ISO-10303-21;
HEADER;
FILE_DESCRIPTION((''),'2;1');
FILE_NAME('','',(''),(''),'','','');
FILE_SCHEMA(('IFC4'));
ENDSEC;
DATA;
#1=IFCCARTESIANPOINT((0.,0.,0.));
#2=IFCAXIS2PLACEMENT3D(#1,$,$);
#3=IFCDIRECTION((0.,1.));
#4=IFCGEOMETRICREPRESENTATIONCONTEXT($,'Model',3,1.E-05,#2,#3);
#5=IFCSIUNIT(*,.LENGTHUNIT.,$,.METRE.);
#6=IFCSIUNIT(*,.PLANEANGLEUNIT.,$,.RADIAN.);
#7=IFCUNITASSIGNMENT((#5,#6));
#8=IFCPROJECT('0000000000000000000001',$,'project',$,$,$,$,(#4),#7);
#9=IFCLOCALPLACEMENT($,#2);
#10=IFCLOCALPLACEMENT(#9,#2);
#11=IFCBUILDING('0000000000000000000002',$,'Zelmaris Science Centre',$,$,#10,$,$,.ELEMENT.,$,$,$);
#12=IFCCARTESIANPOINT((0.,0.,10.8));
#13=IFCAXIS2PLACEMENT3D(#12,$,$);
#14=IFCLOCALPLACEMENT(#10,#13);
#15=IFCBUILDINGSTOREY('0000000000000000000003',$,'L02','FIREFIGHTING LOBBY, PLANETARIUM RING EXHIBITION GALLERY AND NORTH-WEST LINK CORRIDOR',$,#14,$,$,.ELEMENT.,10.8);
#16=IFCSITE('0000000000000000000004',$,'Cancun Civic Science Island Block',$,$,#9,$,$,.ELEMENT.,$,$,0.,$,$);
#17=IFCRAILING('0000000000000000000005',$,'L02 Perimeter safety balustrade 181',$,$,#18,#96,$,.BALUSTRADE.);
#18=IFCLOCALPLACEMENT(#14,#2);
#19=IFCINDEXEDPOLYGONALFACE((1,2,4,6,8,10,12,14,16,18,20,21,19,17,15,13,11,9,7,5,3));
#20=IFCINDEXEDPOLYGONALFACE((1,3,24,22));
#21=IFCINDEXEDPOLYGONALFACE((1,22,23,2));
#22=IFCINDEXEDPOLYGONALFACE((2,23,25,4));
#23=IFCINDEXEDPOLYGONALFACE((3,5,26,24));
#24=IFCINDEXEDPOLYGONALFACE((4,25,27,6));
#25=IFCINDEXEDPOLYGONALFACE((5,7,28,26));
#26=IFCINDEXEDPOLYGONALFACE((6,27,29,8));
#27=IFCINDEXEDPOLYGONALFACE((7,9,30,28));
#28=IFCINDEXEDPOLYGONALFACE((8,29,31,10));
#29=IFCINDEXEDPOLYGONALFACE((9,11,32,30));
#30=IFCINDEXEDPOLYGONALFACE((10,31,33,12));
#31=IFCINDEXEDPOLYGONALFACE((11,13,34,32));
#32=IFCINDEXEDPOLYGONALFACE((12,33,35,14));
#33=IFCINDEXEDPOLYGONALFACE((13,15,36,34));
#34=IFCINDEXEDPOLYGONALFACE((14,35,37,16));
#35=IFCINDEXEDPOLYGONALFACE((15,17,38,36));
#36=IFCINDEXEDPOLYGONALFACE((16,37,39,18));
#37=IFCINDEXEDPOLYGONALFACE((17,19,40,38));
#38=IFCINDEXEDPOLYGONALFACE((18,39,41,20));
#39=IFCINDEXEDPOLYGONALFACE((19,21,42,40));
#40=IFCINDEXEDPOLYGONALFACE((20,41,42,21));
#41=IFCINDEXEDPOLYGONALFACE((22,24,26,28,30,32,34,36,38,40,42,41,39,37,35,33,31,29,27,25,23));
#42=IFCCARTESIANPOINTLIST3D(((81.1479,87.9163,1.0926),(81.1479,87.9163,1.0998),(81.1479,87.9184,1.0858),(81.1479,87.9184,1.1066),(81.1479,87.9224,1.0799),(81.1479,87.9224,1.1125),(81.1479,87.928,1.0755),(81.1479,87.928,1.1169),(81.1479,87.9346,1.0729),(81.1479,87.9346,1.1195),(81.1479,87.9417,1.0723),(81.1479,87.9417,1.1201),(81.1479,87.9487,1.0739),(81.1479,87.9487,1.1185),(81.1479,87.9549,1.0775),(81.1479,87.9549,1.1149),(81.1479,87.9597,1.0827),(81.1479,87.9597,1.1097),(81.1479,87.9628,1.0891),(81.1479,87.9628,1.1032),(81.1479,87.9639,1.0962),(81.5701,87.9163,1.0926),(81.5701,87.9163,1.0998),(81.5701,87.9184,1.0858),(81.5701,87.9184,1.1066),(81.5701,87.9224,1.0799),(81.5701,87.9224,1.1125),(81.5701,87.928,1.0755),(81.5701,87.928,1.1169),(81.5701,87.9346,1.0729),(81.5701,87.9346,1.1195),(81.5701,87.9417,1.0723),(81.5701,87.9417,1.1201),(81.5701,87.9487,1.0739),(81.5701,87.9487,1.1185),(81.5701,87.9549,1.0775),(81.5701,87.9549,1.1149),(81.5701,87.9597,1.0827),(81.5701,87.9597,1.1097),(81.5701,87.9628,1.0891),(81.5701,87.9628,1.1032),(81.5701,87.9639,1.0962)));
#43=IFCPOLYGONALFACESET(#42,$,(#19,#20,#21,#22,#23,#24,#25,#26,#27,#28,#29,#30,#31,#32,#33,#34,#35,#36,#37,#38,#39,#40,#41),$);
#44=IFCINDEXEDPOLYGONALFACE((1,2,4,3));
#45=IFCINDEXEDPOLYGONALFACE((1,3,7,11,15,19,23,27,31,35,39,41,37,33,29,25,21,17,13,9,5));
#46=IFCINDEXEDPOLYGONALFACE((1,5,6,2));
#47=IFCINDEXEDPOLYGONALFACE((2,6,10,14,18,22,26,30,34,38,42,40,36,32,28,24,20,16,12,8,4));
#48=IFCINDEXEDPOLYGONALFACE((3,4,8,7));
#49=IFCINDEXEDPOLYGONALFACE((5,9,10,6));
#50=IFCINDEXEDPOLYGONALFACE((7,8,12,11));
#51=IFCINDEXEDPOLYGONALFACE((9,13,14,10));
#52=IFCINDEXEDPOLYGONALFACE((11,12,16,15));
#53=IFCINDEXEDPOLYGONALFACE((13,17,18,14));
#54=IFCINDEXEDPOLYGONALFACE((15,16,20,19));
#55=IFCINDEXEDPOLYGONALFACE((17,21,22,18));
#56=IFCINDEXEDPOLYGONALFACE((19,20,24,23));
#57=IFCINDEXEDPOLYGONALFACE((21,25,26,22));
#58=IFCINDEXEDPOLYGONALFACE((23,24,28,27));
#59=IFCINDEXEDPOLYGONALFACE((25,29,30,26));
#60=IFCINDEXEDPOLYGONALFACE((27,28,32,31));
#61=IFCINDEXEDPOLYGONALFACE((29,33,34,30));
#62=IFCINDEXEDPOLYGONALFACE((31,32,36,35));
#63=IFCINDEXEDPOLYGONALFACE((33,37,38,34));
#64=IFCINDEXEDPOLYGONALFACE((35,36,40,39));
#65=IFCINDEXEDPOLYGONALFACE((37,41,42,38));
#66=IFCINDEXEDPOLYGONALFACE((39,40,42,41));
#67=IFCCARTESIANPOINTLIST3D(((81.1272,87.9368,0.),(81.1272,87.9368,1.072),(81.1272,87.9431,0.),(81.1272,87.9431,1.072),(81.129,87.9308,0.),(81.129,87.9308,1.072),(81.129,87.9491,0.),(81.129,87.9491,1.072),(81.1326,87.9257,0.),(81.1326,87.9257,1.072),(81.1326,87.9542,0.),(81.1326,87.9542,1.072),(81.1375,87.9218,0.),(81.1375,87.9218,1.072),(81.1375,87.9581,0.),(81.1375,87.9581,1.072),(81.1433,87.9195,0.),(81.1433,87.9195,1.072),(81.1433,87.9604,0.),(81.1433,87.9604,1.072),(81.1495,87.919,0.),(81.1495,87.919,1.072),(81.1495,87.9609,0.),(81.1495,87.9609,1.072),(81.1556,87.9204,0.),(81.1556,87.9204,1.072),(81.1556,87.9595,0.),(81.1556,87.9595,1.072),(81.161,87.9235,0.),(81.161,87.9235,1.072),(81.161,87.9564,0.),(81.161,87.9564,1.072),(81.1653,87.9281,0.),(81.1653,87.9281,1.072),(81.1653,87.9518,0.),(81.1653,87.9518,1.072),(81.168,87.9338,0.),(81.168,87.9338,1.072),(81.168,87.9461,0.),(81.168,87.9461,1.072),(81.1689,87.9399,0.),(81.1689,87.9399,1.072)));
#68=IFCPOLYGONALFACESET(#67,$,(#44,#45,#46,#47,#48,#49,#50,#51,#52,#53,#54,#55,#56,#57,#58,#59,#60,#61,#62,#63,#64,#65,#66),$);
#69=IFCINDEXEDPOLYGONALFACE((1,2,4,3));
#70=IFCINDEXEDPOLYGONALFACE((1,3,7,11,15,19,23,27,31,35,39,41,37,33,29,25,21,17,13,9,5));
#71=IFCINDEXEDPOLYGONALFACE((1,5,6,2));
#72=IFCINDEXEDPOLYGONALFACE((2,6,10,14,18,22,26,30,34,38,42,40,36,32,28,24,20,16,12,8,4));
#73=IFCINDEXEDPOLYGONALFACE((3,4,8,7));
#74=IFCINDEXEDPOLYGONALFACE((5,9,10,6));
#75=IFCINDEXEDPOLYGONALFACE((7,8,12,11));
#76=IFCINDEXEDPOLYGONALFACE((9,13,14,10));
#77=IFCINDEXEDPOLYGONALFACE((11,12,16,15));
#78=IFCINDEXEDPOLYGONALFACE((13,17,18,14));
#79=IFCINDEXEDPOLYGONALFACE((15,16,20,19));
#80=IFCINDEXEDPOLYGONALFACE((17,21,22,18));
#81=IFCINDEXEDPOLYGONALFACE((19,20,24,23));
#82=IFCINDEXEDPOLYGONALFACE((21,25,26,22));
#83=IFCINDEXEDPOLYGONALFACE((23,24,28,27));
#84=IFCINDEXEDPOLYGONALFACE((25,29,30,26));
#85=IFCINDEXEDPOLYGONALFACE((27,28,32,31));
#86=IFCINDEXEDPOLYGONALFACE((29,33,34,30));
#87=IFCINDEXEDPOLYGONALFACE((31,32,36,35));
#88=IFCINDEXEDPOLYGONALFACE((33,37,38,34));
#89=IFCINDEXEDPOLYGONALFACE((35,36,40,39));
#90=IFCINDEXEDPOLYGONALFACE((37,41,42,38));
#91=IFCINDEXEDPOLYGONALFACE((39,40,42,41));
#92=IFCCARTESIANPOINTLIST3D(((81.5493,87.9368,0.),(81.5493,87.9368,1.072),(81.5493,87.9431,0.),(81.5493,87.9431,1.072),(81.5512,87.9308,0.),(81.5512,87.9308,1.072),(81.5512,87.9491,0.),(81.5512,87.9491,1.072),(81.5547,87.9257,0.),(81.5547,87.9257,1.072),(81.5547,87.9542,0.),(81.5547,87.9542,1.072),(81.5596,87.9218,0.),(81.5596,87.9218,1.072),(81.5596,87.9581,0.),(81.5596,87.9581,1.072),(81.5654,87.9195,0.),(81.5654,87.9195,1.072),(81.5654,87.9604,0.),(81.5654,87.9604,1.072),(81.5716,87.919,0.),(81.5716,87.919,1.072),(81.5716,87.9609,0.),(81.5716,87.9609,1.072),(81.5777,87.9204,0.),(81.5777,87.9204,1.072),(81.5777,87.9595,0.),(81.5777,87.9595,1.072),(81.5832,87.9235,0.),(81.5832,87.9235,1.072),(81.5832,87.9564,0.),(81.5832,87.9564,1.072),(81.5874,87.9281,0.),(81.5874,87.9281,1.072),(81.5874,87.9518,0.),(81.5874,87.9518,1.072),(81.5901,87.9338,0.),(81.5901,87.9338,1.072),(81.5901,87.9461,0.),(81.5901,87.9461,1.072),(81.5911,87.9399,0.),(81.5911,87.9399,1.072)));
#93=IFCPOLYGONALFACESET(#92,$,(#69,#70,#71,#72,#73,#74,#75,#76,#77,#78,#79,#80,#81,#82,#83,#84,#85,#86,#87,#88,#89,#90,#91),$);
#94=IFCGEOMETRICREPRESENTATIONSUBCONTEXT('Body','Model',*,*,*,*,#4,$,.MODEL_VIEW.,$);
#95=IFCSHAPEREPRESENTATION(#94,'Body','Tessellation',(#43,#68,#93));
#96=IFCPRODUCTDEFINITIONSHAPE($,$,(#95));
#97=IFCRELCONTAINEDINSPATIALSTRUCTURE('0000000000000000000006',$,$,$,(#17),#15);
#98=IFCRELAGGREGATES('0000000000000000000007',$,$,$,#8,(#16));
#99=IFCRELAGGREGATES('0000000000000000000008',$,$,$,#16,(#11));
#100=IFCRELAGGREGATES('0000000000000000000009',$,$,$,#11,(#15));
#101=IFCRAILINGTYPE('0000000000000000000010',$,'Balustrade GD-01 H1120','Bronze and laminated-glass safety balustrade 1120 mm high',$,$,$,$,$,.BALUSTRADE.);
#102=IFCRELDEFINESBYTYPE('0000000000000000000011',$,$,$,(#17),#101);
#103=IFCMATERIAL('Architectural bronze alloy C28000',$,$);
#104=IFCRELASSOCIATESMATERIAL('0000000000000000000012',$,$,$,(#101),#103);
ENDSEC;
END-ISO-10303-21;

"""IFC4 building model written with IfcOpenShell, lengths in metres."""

from ifc_helpers import new_model, si_unit, direction, frame, origin, origin_2d, place, context, subcontext, project, spatial, circle, extrude, material, type_object, element, save


model = new_model("IFC4")

# Units and contexts
model_context = context("Model", 3, precision=1e-05, world=origin(), true_north=direction((0.0, 1.0)))
body_context = subcontext(model_context, "Body", "Model", "MODEL_VIEW")
ifc_project = project(units=[si_unit("LENGTHUNIT", "METRE"), si_unit("PLANEANGLEUNIT", "RADIAN")], contexts=[model_context])

# Site, building, storey
site_placement = place(None, origin())
site = spatial("IfcSite", under=ifc_project, at=site_placement, Name="Cancun Civic Science Island Block", CompositionType="ELEMENT", RefElevation=0.0)
building_placement = place(site_placement, origin())
building = spatial("IfcBuilding", under=site, at=building_placement, Name="Zelmaris Science Centre", CompositionType="ELEMENT")
storey_placement = place(building_placement, frame((0.0, 0.0, 10.8)))
storey = spatial("IfcBuildingStorey", under=building, at=storey_placement, Name="L02", Description="FIREFIGHTING LOBBY, PLANETARIUM RING EXHIBITION GALLERY AND NORTH-WEST LINK CORRIDOR", CompositionType="ELEMENT", Elevation=10.8)

# Railing
ifc_material_1 = material(Name="Architectural bronze alloy C28000")
railing_type = type_object("IfcRailingType", Name="Balustrade GD-01 H1120", Description="Bronze and laminated-glass safety balustrade 1120 mm high", PredefinedType="BALUSTRADE", material=ifc_material_1)
railing_1_placement = place(storey_placement, frame((81.1479, 87.9399, 0.0)))
element("IfcRailing", 1, at=railing_1_placement, inside=storey, type_object=railing_type, Name="L02 Perimeter safety balustrade 181", PredefinedType="BALUSTRADE", context=body_context, shape_type="SweptSolid", body=[
    extrude(circle(Radius=0.0239, at=origin_2d()), frame((0.0, 0.0, 1.0962), z_axis=(1.0, 0.0, 0.0), x_axis=(0.0, 1.0, 0.0)), (0.0, 0.0, 1.0), 0.4221),
    extrude(circle(Radius=0.021, at=origin_2d()), origin(), (0.0, 0.0, 1.0), 1.072),
    extrude(circle(Radius=0.021, at=origin_2d()), frame((0.4221, 0.0, 0.0)), (0.0, 0.0, 1.0), 1.072),
])

save(model, "model.ifc")
